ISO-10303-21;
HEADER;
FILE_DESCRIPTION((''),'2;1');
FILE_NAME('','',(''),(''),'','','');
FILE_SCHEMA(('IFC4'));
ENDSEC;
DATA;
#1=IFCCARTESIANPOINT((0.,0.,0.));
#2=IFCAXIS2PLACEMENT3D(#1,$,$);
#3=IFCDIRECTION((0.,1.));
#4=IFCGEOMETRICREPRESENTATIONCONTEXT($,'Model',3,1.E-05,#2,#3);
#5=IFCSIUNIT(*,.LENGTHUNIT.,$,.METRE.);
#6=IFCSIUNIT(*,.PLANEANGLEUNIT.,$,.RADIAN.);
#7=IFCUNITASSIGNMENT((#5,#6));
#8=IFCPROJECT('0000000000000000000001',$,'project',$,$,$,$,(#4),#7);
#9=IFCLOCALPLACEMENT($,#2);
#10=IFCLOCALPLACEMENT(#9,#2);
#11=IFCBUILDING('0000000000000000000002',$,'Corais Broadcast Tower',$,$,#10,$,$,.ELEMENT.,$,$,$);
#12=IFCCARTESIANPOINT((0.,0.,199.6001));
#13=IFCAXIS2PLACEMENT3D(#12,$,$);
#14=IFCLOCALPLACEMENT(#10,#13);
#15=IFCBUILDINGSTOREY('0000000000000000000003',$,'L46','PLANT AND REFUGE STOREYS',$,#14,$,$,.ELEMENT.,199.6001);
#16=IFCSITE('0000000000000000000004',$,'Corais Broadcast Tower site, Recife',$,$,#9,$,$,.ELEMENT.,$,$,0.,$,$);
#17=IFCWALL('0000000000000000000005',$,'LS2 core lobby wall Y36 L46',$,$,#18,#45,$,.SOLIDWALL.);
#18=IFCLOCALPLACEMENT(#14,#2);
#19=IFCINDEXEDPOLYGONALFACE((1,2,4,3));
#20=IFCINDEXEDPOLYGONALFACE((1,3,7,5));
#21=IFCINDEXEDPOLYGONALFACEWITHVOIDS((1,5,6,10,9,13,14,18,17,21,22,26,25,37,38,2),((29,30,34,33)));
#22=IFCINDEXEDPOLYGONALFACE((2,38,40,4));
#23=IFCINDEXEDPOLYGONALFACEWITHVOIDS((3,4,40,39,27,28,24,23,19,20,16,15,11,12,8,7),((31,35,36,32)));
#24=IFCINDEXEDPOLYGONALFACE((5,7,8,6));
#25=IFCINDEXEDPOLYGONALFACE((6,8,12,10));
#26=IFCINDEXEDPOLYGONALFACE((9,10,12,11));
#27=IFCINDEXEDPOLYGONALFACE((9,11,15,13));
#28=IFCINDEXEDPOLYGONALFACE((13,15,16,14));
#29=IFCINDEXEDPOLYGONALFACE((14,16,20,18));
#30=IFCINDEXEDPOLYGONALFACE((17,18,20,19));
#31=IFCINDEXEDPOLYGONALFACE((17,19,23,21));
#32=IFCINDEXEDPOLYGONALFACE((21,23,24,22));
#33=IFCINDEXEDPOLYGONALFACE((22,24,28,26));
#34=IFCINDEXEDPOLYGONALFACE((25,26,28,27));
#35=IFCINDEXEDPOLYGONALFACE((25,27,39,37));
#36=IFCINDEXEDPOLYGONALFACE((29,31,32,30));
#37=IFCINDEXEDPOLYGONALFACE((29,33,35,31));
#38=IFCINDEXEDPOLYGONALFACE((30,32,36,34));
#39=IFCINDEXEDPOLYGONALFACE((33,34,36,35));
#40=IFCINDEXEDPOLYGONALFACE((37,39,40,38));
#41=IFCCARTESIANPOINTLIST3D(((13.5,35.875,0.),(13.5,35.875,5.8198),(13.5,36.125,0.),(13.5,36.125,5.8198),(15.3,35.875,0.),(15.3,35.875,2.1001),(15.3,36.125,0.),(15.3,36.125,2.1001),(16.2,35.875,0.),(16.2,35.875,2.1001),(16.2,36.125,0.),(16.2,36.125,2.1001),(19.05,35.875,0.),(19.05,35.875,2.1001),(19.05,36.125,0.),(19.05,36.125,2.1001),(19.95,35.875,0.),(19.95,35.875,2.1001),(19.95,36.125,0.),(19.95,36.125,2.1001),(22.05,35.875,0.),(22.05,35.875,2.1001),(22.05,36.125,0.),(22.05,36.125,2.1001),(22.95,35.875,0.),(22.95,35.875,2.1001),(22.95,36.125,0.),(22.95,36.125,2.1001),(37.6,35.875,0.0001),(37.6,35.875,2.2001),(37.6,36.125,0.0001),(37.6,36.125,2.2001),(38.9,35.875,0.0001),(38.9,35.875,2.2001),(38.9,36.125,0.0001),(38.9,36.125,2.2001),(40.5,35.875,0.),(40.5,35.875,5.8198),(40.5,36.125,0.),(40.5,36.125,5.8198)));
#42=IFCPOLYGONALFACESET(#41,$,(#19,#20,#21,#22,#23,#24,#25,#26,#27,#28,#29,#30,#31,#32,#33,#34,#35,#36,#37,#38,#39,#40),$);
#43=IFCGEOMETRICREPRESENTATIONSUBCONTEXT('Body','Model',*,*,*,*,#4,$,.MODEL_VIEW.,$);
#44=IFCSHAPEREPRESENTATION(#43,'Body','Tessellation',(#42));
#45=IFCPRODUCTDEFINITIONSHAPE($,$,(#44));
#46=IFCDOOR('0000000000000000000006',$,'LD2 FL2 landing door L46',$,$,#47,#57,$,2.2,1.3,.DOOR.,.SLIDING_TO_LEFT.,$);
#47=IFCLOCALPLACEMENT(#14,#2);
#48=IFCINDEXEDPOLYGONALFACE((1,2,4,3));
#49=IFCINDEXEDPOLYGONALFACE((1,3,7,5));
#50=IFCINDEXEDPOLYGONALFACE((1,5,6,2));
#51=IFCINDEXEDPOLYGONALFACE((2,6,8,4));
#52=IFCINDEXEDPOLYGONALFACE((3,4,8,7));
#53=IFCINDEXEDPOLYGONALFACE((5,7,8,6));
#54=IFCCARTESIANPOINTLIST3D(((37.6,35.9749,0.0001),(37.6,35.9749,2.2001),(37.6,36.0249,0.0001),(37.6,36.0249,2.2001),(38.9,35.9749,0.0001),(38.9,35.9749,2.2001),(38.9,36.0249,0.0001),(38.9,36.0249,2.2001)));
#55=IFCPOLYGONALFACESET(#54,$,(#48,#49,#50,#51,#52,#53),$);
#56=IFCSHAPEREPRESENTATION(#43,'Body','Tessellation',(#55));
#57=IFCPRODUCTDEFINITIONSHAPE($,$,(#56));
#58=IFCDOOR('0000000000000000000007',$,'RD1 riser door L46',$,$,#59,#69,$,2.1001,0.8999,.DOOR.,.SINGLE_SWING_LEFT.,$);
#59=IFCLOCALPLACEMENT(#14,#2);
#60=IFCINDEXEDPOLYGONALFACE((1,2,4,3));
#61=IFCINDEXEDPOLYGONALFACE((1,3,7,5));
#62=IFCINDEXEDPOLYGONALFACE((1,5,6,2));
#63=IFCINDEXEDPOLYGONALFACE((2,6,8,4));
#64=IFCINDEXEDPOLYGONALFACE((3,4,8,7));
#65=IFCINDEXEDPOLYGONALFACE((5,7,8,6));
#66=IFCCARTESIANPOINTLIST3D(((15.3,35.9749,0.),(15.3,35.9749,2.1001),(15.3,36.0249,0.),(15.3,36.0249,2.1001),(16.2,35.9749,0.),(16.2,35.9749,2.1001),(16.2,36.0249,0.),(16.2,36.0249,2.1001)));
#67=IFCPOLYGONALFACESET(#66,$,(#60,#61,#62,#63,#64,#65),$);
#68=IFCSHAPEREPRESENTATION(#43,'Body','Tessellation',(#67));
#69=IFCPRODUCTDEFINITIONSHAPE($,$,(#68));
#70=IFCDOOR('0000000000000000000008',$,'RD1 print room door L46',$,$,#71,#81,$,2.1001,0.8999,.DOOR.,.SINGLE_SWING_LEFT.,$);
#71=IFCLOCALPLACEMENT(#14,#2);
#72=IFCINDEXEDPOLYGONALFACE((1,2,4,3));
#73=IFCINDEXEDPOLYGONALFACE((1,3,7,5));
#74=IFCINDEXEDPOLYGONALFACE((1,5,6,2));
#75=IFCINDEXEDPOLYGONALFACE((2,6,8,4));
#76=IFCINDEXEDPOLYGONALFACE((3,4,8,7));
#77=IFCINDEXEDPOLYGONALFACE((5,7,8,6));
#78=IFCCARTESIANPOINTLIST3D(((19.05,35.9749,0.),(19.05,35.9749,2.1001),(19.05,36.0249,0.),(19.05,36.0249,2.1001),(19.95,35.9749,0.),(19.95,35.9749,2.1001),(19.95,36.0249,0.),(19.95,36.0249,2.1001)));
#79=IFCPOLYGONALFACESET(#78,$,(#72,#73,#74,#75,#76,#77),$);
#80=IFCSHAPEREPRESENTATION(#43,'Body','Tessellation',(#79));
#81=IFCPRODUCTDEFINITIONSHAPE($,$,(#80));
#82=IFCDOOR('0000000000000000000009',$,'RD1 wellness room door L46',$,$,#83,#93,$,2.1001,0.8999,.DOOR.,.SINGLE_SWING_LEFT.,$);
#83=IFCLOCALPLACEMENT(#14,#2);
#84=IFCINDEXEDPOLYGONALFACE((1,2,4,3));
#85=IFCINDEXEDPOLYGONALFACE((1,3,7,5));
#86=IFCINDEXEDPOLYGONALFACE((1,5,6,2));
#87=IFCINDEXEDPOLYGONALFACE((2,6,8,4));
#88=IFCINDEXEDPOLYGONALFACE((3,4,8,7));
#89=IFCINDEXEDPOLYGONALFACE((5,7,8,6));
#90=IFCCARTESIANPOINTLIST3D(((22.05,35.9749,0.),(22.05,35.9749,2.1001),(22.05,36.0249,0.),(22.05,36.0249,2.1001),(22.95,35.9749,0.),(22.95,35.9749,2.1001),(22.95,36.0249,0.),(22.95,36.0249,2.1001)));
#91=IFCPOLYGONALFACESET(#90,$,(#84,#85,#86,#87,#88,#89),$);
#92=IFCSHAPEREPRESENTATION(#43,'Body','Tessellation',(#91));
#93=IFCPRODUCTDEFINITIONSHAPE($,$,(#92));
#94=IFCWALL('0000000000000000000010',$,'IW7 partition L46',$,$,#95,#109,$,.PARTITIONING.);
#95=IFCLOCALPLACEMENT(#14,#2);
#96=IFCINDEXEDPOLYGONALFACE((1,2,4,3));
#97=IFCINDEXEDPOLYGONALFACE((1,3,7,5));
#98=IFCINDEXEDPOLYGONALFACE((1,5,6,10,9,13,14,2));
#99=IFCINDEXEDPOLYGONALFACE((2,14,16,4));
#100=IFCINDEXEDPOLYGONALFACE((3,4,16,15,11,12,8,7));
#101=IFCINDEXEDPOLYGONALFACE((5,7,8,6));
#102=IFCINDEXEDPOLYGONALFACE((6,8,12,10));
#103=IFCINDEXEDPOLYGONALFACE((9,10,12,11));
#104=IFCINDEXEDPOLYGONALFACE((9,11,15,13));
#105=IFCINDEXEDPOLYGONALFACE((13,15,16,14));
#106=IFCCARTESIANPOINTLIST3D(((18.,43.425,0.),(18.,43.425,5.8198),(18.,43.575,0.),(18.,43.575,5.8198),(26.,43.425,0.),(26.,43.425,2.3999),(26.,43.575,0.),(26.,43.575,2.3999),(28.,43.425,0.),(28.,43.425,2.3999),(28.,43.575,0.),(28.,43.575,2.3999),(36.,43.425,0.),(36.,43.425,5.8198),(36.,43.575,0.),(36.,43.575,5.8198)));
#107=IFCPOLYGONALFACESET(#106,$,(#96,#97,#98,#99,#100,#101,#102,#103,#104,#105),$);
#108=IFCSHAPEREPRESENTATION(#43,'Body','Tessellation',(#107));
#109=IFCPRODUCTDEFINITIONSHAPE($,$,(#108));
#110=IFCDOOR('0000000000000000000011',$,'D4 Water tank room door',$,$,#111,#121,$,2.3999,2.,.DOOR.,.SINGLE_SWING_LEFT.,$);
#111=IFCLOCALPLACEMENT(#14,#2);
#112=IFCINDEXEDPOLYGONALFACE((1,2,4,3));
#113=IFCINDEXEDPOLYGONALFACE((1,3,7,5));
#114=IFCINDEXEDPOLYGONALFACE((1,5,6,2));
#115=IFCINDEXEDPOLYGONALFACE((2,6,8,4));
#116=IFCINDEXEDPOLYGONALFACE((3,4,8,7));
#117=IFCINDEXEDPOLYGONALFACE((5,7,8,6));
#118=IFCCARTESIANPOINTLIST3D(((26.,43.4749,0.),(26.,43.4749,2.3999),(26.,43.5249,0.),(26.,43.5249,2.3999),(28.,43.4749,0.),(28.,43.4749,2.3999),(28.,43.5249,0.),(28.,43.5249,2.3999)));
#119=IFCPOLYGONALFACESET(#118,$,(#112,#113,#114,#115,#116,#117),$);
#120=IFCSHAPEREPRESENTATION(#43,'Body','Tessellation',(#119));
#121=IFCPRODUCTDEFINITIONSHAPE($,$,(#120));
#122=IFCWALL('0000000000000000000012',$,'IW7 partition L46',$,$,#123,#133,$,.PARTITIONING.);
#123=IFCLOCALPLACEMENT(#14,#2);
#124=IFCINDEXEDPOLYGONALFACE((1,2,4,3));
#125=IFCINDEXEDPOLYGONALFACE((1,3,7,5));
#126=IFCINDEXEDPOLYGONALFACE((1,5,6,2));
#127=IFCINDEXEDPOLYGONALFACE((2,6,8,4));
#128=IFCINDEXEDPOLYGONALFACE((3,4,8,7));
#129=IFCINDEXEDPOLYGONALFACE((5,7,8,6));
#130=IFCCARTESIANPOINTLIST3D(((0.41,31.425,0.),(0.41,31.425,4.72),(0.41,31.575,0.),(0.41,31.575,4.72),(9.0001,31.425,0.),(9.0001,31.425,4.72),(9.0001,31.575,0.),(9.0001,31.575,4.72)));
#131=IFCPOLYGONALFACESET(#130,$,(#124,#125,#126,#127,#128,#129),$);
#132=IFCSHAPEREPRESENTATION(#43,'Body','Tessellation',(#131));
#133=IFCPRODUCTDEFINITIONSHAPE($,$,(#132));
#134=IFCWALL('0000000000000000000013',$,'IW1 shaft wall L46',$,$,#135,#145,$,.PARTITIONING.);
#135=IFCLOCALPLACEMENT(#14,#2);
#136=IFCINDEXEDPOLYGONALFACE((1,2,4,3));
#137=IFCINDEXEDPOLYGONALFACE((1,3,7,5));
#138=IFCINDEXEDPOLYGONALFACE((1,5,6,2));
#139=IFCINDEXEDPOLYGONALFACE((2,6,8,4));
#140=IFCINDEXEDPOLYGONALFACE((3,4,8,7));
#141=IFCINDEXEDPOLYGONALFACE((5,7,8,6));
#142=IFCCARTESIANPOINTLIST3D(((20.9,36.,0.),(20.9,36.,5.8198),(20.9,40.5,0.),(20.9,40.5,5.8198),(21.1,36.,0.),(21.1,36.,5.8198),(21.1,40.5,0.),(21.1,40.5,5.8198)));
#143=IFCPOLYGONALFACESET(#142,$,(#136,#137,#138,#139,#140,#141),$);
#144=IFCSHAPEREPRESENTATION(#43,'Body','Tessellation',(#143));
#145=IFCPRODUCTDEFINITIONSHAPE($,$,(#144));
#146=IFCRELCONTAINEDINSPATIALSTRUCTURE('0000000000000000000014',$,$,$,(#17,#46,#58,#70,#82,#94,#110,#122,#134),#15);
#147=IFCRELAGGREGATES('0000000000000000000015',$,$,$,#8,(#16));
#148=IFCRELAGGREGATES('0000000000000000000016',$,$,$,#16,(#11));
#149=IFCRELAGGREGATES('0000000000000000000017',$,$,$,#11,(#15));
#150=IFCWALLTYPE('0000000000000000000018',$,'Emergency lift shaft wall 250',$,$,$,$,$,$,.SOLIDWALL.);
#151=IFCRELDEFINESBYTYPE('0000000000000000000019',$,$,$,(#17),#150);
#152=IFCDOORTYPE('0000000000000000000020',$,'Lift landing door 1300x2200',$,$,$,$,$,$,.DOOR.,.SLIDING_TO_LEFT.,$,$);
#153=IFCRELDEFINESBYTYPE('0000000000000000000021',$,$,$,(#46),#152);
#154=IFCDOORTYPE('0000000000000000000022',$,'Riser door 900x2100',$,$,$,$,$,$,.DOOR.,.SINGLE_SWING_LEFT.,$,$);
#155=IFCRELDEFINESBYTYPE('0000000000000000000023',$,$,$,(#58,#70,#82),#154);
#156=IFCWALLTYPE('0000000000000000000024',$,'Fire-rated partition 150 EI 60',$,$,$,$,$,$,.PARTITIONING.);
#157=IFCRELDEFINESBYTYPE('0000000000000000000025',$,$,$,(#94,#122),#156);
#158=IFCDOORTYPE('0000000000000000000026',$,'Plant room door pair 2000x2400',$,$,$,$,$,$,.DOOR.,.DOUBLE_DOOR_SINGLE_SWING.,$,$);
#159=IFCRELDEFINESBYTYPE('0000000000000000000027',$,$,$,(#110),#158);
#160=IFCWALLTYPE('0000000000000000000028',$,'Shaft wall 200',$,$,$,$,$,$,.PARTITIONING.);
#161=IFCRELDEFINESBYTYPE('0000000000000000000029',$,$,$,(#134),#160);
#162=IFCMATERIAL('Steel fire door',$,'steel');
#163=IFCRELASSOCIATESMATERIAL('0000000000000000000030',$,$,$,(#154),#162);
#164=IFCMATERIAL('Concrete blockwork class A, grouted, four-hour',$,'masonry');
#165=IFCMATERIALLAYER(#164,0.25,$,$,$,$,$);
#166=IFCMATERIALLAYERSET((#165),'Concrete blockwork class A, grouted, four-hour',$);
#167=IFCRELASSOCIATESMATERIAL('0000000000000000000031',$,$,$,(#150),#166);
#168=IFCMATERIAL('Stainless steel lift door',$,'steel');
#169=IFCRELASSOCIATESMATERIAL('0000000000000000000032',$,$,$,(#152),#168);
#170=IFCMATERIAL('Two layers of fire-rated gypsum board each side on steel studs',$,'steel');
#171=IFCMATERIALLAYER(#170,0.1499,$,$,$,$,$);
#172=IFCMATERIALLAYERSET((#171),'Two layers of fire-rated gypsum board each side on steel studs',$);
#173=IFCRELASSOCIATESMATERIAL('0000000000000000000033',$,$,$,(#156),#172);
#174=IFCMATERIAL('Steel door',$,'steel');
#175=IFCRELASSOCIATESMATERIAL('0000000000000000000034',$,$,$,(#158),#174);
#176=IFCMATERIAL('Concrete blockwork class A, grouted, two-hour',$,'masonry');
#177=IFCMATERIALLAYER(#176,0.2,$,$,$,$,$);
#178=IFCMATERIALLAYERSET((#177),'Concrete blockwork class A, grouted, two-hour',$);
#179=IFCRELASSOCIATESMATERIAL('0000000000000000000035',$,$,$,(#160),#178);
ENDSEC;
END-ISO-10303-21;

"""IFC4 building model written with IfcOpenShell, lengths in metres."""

from ifc_helpers import new_model, si_unit, direction, frame, frame_2d, origin, place, context, subcontext, project, spatial, rectangle, extrude, material, layer, layer_set, type_object, element, fill, save


model = new_model("IFC4")

# Units and contexts
model_context = context("Model", 3, precision=1e-05, world=origin(), true_north=direction((0.0, 1.0)))
body_context = subcontext(model_context, "Body", "Model", "MODEL_VIEW")
ifc_project = project(units=[si_unit("LENGTHUNIT", "METRE"), si_unit("PLANEANGLEUNIT", "RADIAN")], contexts=[model_context])

# Site, building, storey
site_placement = place(None, origin())
site = spatial("IfcSite", under=ifc_project, at=site_placement, Name="Corais Broadcast Tower site, Recife", CompositionType="ELEMENT", RefElevation=0.0)
building_placement = place(site_placement, origin())
building = spatial("IfcBuilding", under=site, at=building_placement, Name="Corais Broadcast Tower", CompositionType="ELEMENT")
storey_placement = place(building_placement, frame((0.0, 0.0, 199.6001)))
storey = spatial("IfcBuildingStorey", under=building, at=storey_placement, Name="L46", Description="PLANT AND REFUGE STOREYS", CompositionType="ELEMENT", Elevation=199.6001)

# Wall, openings, doors
ifc_material_1 = material(Name="Steel fire door", Category="steel")
door_type_1 = type_object("IfcDoorType", Name="Riser door 900x2100", OperationType="SINGLE_SWING_LEFT", PredefinedType="DOOR", material=ifc_material_1)
ifc_material_2 = material(Name="Concrete blockwork class A, grouted, four-hour", Category="masonry")
ifc_layer_1 = layer(ifc_material_2, 0.25)
ifc_layer_set_1 = layer_set([ifc_layer_1], Name="Concrete blockwork class A, grouted, four-hour")
wall_type_1 = type_object("IfcWallType", Name="Emergency lift shaft wall 250", PredefinedType="SOLIDWALL", material=ifc_layer_set_1)
wall_1_placement = place(storey_placement, frame((13.5, 36.0, 0.0), z_axis=(0.0, 0.0, 1.0), x_axis=(1.0, 0.0, 0.0)))
wall_1 = element("IfcWall", 1, at=wall_1_placement, inside=storey, type_object=wall_type_1, Name="LS2 core lobby wall Y36 L46", PredefinedType="SOLIDWALL", context=body_context, shape_type="SweptSolid", body=[
    extrude(rectangle(XDim=27.0, YDim=0.25, at=frame_2d((13.5, 0.0))), origin(), (0.0, 0.0, 1.0), 5.8198),
])
opening_1_placement = place(wall_1_placement, frame((1.8, 0.0, 0.0)))
opening_1 = element("IfcOpeningElement", 2, at=opening_1_placement, cuts=wall_1, PredefinedType="OPENING", context=body_context, shape_type="SweptSolid", body=[
    extrude(rectangle(XDim=0.8999, YDim=2.1001, at=frame_2d((0.45, 1.05))), frame((0.0, 0.135, 0.0), z_axis=(0.0, -1.0, 0.0), x_axis=(1.0, 0.0, 0.0)), (0.0, 0.0, 1.0), 0.27),
])
opening_2_placement = place(wall_1_placement, frame((5.55, 0.0, 0.0)))
opening_2 = element("IfcOpeningElement", 3, at=opening_2_placement, cuts=wall_1, PredefinedType="OPENING", context=body_context, shape_type="SweptSolid", body=[
    extrude(rectangle(XDim=0.8999, YDim=2.1001, at=frame_2d((0.45, 1.05))), frame((0.0, 0.135, 0.0), z_axis=(0.0, -1.0, 0.0), x_axis=(1.0, 0.0, 0.0)), (0.0, 0.0, 1.0), 0.27),
])
opening_3_placement = place(wall_1_placement, frame((8.55, 0.0, 0.0)))
opening_3 = element("IfcOpeningElement", 4, at=opening_3_placement, cuts=wall_1, PredefinedType="OPENING", context=body_context, shape_type="SweptSolid", body=[
    extrude(rectangle(XDim=0.8999, YDim=2.1001, at=frame_2d((0.45, 1.05))), frame((0.0, 0.135, 0.0), z_axis=(0.0, -1.0, 0.0), x_axis=(1.0, 0.0, 0.0)), (0.0, 0.0, 1.0), 0.27),
])
opening_4_placement = place(wall_1_placement, frame((24.1001, 0.0, 0.0)))
opening_4 = element("IfcOpeningElement", 5, at=opening_4_placement, cuts=wall_1, PredefinedType="OPENING", context=body_context, shape_type="SweptSolid", body=[
    extrude(rectangle(XDim=1.3, YDim=2.2, at=frame_2d((0.6499, 1.1001))), frame((0.0, 0.135, 0.0), z_axis=(0.0, -1.0, 0.0), x_axis=(1.0, 0.0, 0.0)), (0.0, 0.0, 1.0), 0.27),
])
ifc_material_3 = material(Name="Stainless steel lift door", Category="steel")
door_type_2 = type_object("IfcDoorType", Name="Lift landing door 1300x2200", OperationType="SLIDING_TO_LEFT", PredefinedType="DOOR", material=ifc_material_3)
door_1_placement = place(opening_4_placement, origin())
door_1 = element("IfcDoor", 6, at=door_1_placement, inside=storey, type_object=door_type_2, Name="LD2 FL2 landing door L46", OperationType="SLIDING_TO_LEFT", OverallHeight=2.2, OverallWidth=1.3, PredefinedType="DOOR", context=body_context, shape_type="SweptSolid", body=[
    extrude(rectangle(XDim=1.3, YDim=2.2, at=frame_2d((0.6499, 1.1001))), frame((0.0, 0.0249, 0.0), z_axis=(0.0, -1.0, 0.0), x_axis=(1.0, 0.0, 0.0)), (0.0, 0.0, 1.0), 0.05),
])
fill(opening_4, door_1)
door_2_placement = place(opening_1_placement, origin())
door_2 = element("IfcDoor", 7, at=door_2_placement, inside=storey, type_object=door_type_1, Name="RD1 riser door L46", OperationType="SINGLE_SWING_LEFT", OverallHeight=2.1001, OverallWidth=0.8999, PredefinedType="DOOR", context=body_context, shape_type="SweptSolid", body=[
    extrude(rectangle(XDim=0.8999, YDim=2.1001, at=frame_2d((0.45, 1.05))), frame((0.0, 0.0249, 0.0), z_axis=(0.0, -1.0, 0.0), x_axis=(1.0, 0.0, 0.0)), (0.0, 0.0, 1.0), 0.05),
])
fill(opening_1, door_2)
door_3_placement = place(opening_2_placement, origin())
door_3 = element("IfcDoor", 8, at=door_3_placement, inside=storey, type_object=door_type_1, Name="RD1 print room door L46", OperationType="SINGLE_SWING_LEFT", OverallHeight=2.1001, OverallWidth=0.8999, PredefinedType="DOOR", context=body_context, shape_type="SweptSolid", body=[
    extrude(rectangle(XDim=0.8999, YDim=2.1001, at=frame_2d((0.45, 1.05))), frame((0.0, 0.0249, 0.0), z_axis=(0.0, -1.0, 0.0), x_axis=(1.0, 0.0, 0.0)), (0.0, 0.0, 1.0), 0.05),
])
fill(opening_2, door_3)
door_4_placement = place(opening_3_placement, origin())
door_4 = element("IfcDoor", 9, at=door_4_placement, inside=storey, type_object=door_type_1, Name="RD1 wellness room door L46", OperationType="SINGLE_SWING_LEFT", OverallHeight=2.1001, OverallWidth=0.8999, PredefinedType="DOOR", context=body_context, shape_type="SweptSolid", body=[
    extrude(rectangle(XDim=0.8999, YDim=2.1001, at=frame_2d((0.45, 1.05))), frame((0.0, 0.0249, 0.0), z_axis=(0.0, -1.0, 0.0), x_axis=(1.0, 0.0, 0.0)), (0.0, 0.0, 1.0), 0.05),
])
fill(opening_3, door_4)

# Wall, opening, door
ifc_material_4 = material(Name="Two layers of fire-rated gypsum board each side on steel studs", Category="steel")
ifc_layer_2 = layer(ifc_material_4, 0.1499)
ifc_layer_set_2 = layer_set([ifc_layer_2], Name="Two layers of fire-rated gypsum board each side on steel studs")
wall_type_2 = type_object("IfcWallType", Name="Fire-rated partition 150 EI 60", PredefinedType="PARTITIONING", material=ifc_layer_set_2)
wall_2_placement = place(storey_placement, frame((18.0, 43.5, 0.0), z_axis=(0.0, 0.0, 1.0), x_axis=(1.0, 0.0, 0.0)))
wall_2 = element("IfcWall", 10, at=wall_2_placement, inside=storey, type_object=wall_type_2, Name="IW7 partition L46", PredefinedType="PARTITIONING", context=body_context, shape_type="SweptSolid", body=[
    extrude(rectangle(XDim=18.0, YDim=0.1499, at=frame_2d((9.0, 0.0))), origin(), (0.0, 0.0, 1.0), 5.8198),
])
opening_5_placement = place(wall_2_placement, frame((8.0, 0.0, 0.0)))
opening_5 = element("IfcOpeningElement", 11, at=opening_5_placement, cuts=wall_2, PredefinedType="OPENING", context=body_context, shape_type="SweptSolid", body=[
    extrude(rectangle(XDim=2.0, YDim=2.3999, at=frame_2d((1.0, 1.2))), frame((0.0, 0.085, 0.0), z_axis=(0.0, -1.0, 0.0), x_axis=(1.0, 0.0, 0.0)), (0.0, 0.0, 1.0), 0.1699),
])
ifc_material_5 = material(Name="Steel door", Category="steel")
door_type_3 = type_object("IfcDoorType", Name="Plant room door pair 2000x2400", OperationType="DOUBLE_DOOR_SINGLE_SWING", PredefinedType="DOOR", material=ifc_material_5)
door_5_placement = place(opening_5_placement, origin())
door_5 = element("IfcDoor", 12, at=door_5_placement, inside=storey, type_object=door_type_3, Name="D4 Water tank room door", OperationType="SINGLE_SWING_LEFT", OverallHeight=2.3999, OverallWidth=2.0, PredefinedType="DOOR", context=body_context, shape_type="SweptSolid", body=[
    extrude(rectangle(XDim=2.0, YDim=2.3999, at=frame_2d((1.0, 1.2))), frame((0.0, 0.0249, 0.0), z_axis=(0.0, -1.0, 0.0), x_axis=(1.0, 0.0, 0.0)), (0.0, 0.0, 1.0), 0.05),
])
fill(opening_5, door_5)

# Walls
wall_3_placement = place(storey_placement, frame((9.0, 31.5, 0.0), z_axis=(0.0, 0.0, 1.0), x_axis=(-1.0, 0.0, 0.0)))
element("IfcWall", 13, at=wall_3_placement, inside=storey, type_object=wall_type_2, Name="IW7 partition L46", PredefinedType="PARTITIONING", context=body_context, shape_type="SweptSolid", body=[
    extrude(rectangle(XDim=8.5901, YDim=0.1499, at=frame_2d((4.2949, 0.0))), origin(), (0.0, 0.0, 1.0), 4.72),
])
ifc_material_6 = material(Name="Concrete blockwork class A, grouted, two-hour", Category="masonry")
ifc_layer_3 = layer(ifc_material_6, 0.2)
ifc_layer_set_3 = layer_set([ifc_layer_3], Name="Concrete blockwork class A, grouted, two-hour")
wall_type_3 = type_object("IfcWallType", Name="Shaft wall 200", PredefinedType="PARTITIONING", material=ifc_layer_set_3)
wall_4_placement = place(storey_placement, frame((21.0, 36.0, 0.0), z_axis=(0.0, 0.0, 1.0), x_axis=(0.0, 1.0, 0.0)))
element("IfcWall", 14, at=wall_4_placement, inside=storey, type_object=wall_type_3, Name="IW1 shaft wall L46", PredefinedType="PARTITIONING", context=body_context, shape_type="SweptSolid", body=[
    extrude(rectangle(XDim=4.5, YDim=0.2, at=frame_2d((2.25, 0.0))), origin(), (0.0, 0.0, 1.0), 5.8198),
])

save(model, "model.ifc")
